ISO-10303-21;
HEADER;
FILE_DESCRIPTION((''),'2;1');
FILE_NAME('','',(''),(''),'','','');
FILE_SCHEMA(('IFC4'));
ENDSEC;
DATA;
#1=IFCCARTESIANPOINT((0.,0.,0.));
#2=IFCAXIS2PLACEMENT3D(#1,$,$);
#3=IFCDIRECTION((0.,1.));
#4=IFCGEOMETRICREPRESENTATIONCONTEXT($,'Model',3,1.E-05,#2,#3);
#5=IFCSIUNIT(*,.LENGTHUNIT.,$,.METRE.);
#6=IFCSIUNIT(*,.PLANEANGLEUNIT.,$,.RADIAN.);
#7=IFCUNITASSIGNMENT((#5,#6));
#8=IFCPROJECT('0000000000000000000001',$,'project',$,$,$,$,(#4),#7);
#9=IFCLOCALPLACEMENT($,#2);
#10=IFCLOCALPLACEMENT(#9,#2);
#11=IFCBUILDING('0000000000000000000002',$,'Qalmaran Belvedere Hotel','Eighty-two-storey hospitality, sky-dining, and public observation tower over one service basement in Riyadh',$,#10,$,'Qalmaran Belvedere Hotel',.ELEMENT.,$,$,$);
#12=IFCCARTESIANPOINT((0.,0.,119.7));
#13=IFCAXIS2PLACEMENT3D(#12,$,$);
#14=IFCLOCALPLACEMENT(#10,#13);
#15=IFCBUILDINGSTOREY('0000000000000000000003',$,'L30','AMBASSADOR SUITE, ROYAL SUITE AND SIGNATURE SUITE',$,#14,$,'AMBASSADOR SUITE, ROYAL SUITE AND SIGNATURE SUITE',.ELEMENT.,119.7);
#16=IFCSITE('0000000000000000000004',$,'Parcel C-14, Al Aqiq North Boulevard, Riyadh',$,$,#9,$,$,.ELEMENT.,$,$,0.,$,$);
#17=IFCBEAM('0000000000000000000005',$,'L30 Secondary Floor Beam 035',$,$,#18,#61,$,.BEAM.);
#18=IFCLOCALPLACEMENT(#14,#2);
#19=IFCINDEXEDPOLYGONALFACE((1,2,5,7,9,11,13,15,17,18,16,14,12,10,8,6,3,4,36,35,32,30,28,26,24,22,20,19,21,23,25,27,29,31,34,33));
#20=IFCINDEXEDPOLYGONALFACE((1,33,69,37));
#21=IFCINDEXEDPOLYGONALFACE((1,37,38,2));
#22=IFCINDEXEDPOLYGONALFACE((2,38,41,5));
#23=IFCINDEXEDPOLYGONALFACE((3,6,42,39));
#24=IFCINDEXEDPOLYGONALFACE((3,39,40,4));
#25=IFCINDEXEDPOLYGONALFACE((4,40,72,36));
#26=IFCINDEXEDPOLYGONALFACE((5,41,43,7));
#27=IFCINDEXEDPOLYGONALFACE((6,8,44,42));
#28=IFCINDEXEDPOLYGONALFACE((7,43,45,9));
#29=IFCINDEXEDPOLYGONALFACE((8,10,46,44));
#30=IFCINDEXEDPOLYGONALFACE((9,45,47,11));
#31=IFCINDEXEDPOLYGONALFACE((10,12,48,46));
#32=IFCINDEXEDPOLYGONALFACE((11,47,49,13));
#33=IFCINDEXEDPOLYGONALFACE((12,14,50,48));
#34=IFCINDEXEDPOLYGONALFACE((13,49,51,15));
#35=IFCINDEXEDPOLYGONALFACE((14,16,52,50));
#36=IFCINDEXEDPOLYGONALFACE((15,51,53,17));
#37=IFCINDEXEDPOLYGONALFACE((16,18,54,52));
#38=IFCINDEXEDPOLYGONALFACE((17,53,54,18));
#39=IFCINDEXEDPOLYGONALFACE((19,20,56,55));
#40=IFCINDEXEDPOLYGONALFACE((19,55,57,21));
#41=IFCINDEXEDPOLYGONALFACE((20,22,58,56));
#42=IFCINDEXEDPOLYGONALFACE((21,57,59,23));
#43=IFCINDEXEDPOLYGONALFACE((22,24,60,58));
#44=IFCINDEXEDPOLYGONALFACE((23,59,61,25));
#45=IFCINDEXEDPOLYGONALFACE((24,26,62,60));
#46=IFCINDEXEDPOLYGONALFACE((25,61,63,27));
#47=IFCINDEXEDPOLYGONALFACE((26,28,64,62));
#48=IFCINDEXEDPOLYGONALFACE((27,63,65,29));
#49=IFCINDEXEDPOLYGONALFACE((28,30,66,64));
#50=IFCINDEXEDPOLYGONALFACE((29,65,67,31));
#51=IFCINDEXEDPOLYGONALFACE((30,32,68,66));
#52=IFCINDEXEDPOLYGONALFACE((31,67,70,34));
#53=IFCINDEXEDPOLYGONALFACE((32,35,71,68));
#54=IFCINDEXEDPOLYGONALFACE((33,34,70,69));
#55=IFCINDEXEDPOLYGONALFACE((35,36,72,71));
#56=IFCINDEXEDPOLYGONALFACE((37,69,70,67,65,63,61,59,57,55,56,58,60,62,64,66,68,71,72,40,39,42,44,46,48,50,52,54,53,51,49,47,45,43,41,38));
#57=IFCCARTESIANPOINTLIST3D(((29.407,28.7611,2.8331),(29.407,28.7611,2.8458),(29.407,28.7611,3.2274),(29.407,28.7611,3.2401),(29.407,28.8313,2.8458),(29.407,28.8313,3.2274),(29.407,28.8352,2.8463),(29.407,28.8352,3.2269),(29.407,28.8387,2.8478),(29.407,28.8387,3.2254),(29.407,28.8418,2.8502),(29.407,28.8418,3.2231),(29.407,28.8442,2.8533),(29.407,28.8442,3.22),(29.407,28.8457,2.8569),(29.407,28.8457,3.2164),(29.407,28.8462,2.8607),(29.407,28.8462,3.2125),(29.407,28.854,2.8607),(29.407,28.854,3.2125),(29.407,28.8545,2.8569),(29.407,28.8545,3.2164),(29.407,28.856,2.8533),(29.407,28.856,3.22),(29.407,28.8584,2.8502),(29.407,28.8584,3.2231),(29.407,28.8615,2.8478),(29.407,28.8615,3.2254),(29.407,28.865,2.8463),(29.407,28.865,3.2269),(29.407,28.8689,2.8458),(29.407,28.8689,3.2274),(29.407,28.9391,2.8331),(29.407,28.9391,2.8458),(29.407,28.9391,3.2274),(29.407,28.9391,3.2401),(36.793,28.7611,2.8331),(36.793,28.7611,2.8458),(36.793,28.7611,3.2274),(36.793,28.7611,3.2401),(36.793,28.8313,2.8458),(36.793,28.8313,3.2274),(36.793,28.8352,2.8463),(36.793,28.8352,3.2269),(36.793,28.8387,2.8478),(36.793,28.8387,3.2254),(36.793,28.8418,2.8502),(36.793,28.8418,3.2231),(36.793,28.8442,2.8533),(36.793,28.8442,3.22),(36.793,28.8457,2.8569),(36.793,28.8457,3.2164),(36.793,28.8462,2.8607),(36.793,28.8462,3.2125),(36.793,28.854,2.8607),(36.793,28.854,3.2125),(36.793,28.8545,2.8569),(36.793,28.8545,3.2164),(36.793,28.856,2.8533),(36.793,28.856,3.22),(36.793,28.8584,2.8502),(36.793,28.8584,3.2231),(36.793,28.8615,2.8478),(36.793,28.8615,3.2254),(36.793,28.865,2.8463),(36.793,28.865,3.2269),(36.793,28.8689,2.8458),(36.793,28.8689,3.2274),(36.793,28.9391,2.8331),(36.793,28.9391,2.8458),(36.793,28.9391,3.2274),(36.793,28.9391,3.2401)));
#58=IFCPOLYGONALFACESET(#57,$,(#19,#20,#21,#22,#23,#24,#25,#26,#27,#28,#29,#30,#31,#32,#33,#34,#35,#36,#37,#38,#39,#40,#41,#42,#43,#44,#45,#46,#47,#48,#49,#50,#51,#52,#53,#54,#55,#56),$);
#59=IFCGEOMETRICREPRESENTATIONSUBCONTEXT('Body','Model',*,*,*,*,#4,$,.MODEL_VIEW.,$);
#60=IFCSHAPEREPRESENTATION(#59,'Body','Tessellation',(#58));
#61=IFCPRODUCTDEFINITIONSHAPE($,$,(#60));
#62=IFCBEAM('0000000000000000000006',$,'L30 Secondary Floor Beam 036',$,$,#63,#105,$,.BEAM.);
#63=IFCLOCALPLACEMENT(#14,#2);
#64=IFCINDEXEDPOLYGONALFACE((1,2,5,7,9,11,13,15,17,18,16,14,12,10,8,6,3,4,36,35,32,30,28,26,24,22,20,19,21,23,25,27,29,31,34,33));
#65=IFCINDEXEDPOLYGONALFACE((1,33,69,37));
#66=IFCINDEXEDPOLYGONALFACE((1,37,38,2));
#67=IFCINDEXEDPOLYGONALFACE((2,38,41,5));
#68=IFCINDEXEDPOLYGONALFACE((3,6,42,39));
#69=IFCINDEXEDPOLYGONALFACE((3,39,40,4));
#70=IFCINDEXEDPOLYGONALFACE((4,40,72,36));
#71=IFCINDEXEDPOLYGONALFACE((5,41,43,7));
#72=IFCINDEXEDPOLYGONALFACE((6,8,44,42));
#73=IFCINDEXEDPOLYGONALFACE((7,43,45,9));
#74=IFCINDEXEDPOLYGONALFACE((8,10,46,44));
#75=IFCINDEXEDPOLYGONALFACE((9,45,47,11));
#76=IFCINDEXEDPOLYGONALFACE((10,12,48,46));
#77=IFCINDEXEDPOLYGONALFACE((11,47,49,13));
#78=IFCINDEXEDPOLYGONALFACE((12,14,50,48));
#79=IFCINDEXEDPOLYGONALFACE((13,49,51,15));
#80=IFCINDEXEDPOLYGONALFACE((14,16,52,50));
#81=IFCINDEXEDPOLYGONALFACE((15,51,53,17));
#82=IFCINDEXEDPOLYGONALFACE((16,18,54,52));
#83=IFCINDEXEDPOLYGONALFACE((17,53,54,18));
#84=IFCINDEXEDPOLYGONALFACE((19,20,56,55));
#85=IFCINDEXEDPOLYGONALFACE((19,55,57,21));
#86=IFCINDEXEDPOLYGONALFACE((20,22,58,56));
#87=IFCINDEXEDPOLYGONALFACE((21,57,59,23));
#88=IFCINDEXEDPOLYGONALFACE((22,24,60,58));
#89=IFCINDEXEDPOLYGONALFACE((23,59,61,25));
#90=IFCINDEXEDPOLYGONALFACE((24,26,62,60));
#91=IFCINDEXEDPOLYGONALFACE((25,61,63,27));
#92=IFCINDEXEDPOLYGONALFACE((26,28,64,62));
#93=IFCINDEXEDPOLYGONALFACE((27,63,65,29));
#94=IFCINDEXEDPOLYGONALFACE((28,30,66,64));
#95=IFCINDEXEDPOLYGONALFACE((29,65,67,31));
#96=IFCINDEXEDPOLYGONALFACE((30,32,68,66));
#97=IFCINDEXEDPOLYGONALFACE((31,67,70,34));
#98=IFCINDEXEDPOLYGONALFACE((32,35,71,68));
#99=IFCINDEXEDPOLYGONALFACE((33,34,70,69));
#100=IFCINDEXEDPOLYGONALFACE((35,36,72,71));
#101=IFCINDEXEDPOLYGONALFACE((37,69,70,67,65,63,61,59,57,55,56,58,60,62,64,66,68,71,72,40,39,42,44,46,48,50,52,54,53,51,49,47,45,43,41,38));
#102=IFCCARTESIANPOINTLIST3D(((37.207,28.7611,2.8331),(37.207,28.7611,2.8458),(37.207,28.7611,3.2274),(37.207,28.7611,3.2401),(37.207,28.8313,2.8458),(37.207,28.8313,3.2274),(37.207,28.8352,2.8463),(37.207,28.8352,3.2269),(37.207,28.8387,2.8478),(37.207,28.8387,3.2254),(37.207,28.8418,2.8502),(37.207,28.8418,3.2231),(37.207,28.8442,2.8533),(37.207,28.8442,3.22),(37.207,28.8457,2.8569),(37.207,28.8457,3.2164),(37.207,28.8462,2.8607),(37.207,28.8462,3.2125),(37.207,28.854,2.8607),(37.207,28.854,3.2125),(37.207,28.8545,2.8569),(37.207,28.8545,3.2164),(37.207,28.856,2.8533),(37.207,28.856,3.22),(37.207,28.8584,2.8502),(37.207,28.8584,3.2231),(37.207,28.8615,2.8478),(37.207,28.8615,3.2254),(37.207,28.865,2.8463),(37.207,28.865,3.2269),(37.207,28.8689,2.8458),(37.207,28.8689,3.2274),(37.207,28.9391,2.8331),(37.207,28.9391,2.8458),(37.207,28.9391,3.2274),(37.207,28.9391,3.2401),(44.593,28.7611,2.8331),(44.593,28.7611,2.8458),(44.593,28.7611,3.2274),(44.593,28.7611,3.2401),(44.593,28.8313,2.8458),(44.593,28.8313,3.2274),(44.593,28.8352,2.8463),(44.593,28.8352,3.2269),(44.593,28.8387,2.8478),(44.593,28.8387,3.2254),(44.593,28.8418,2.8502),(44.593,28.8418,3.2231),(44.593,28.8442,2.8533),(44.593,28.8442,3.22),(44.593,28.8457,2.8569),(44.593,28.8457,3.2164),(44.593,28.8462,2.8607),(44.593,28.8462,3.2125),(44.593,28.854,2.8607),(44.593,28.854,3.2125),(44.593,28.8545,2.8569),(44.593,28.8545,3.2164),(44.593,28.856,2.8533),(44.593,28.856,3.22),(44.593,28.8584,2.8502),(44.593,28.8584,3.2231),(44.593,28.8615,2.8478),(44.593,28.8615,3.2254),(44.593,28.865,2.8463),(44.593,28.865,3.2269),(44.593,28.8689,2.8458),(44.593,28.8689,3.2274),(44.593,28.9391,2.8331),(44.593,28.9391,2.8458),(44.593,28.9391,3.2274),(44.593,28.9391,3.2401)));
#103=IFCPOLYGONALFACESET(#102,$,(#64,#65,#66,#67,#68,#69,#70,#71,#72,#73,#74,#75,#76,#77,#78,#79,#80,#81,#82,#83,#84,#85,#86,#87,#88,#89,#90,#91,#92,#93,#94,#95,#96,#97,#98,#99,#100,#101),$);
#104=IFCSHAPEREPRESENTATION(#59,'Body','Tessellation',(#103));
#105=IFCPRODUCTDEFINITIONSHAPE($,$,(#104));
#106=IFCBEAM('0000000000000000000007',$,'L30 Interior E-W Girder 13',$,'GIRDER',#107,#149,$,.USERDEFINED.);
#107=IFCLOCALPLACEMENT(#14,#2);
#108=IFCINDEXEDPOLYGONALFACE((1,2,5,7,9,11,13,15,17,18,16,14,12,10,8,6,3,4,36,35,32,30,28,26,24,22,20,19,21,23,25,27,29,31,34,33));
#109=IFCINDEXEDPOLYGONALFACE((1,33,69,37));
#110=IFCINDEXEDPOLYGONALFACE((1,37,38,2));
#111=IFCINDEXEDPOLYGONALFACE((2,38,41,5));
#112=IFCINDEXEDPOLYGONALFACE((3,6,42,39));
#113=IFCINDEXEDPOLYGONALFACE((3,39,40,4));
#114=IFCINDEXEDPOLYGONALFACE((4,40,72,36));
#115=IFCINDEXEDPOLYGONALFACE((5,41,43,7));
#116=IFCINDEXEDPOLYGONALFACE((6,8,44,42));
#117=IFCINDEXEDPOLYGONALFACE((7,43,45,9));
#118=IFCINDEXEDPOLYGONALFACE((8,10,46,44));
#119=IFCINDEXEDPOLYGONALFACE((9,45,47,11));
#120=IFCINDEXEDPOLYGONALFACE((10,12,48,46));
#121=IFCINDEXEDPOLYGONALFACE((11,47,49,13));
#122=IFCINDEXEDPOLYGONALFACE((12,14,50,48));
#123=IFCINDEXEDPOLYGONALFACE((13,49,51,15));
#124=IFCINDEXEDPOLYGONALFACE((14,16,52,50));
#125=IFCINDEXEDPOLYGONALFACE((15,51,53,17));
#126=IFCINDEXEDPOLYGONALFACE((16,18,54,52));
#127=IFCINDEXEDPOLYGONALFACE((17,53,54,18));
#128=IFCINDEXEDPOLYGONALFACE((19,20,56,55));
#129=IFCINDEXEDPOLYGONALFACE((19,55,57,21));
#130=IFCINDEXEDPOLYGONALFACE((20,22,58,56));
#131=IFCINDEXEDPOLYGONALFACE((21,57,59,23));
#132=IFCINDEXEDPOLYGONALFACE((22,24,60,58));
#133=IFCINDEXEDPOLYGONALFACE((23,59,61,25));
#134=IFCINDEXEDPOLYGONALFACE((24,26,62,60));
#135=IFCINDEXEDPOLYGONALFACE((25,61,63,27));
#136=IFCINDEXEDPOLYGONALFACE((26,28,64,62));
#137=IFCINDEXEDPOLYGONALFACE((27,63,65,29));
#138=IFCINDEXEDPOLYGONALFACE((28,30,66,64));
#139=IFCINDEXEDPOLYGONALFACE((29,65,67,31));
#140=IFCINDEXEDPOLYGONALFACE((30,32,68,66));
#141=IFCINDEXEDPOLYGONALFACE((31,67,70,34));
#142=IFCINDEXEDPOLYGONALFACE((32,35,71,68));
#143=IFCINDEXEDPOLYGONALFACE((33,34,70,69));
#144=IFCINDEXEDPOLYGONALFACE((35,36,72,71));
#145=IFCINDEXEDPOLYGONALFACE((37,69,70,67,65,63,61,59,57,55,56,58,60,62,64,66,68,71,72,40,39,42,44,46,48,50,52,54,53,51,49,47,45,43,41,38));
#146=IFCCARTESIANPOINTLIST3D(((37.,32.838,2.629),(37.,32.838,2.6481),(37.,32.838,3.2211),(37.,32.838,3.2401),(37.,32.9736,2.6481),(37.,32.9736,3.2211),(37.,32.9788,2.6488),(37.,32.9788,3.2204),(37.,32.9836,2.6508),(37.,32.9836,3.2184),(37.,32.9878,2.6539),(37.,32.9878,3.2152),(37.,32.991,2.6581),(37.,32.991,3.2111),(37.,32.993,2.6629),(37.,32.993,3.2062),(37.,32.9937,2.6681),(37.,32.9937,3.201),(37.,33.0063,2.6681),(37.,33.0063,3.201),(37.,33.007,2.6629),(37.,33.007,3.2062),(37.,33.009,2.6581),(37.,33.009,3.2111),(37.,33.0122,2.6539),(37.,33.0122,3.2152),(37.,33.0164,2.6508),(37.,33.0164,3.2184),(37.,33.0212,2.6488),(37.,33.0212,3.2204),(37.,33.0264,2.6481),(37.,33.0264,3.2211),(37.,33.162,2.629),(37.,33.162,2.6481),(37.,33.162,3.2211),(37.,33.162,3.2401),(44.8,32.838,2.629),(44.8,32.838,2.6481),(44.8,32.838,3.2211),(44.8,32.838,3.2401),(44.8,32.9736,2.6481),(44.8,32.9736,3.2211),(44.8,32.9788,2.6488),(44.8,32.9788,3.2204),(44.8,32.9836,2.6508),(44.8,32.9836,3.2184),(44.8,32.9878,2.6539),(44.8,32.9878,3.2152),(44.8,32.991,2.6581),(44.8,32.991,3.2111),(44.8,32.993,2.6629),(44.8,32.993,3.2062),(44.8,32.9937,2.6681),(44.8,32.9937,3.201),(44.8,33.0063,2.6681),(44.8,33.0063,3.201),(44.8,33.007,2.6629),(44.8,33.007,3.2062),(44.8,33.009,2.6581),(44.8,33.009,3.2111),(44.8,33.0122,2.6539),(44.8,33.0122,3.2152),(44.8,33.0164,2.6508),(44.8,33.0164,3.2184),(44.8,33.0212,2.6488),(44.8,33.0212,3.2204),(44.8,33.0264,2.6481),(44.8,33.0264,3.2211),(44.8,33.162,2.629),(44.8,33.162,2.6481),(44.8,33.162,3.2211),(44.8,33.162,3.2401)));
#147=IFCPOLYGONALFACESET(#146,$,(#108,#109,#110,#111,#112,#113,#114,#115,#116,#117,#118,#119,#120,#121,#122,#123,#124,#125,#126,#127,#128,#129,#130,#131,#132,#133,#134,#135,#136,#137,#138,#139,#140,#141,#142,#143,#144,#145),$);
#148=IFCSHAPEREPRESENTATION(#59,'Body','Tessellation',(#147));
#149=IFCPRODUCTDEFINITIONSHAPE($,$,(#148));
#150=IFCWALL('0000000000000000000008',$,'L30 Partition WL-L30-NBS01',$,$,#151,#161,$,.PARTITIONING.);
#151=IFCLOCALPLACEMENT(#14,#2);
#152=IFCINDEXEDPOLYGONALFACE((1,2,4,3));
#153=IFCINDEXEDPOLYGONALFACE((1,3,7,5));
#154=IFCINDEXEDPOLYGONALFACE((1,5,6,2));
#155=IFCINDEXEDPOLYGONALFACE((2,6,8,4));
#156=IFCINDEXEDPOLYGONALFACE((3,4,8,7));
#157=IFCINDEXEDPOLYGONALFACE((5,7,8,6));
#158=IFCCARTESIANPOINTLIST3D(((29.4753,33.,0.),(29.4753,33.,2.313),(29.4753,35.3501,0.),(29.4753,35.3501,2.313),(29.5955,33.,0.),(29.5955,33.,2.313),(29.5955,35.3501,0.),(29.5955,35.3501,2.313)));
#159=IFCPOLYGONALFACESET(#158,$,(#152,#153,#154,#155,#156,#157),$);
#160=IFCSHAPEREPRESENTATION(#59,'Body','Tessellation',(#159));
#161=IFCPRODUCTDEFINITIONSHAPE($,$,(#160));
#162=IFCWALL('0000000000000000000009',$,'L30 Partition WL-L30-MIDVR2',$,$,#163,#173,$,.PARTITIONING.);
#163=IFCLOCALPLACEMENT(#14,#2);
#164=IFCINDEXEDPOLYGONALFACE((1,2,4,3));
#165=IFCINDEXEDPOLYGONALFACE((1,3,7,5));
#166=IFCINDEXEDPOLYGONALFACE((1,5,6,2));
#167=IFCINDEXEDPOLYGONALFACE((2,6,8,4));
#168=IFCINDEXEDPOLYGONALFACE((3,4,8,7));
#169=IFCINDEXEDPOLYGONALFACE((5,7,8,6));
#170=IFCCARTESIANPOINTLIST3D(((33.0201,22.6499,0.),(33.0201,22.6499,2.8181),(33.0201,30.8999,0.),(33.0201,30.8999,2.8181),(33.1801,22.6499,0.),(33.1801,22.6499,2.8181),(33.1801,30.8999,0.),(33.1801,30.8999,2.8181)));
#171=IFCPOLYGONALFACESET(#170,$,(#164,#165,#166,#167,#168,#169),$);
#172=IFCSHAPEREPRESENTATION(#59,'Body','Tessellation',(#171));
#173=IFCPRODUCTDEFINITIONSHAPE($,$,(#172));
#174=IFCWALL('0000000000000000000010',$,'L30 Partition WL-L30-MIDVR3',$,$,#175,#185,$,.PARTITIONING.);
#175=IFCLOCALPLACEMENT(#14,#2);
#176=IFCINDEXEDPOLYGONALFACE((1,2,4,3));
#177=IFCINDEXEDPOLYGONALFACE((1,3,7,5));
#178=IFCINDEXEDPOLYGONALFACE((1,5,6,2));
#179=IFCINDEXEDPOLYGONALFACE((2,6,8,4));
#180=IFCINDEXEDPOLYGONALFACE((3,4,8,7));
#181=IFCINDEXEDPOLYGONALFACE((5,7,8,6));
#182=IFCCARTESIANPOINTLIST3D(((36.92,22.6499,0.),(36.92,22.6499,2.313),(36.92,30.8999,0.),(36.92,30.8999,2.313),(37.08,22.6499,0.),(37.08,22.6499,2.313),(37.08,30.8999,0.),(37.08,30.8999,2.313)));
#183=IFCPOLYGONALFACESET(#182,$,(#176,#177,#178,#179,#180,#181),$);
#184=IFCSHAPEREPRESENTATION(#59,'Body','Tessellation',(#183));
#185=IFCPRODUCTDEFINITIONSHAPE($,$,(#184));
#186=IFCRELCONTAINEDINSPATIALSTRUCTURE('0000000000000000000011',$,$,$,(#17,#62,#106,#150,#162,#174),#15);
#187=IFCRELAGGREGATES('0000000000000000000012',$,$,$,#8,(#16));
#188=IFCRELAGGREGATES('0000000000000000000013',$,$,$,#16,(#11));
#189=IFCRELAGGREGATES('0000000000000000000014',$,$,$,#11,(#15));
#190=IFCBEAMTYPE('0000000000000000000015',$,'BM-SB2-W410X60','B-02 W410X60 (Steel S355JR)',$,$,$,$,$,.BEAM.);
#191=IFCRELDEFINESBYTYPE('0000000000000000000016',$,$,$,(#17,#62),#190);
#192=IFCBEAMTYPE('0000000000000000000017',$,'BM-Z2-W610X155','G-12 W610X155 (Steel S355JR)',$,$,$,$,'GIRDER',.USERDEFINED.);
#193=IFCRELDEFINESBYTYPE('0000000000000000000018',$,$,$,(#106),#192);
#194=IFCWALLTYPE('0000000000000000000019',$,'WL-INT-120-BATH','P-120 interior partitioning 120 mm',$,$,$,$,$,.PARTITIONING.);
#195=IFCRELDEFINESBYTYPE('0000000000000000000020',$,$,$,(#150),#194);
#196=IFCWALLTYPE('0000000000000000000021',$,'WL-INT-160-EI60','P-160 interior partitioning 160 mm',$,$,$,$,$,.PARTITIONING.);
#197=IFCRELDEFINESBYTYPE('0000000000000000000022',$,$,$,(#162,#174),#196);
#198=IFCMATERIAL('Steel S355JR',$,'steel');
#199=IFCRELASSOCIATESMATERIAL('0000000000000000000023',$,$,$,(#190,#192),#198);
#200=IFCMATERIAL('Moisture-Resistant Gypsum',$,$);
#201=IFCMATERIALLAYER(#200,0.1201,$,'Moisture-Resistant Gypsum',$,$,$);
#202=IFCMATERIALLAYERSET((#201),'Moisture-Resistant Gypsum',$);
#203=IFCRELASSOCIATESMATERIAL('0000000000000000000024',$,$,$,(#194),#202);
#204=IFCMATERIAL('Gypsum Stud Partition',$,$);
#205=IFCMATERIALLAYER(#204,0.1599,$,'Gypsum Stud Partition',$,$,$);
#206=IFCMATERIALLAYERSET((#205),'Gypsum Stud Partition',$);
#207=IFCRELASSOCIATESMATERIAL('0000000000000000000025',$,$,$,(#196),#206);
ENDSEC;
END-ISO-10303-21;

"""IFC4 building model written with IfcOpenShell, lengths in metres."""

from ifc_helpers import new_model, si_unit, direction, frame, frame_2d, origin, origin_2d, place, context, subcontext, project, spatial, rectangle, i_section, extrude, material, layer, layer_set, material_profile, profile_set, type_object, element, save


model = new_model("IFC4")

# Units and contexts
model_context = context("Model", 3, precision=1e-05, world=origin(), true_north=direction((0.0, 1.0)))
body_context = subcontext(model_context, "Body", "Model", "MODEL_VIEW")
ifc_project = project(units=[si_unit("LENGTHUNIT", "METRE"), si_unit("PLANEANGLEUNIT", "RADIAN")], contexts=[model_context])

# Site, building, storey
site_placement = place(None, origin())
site = spatial("IfcSite", under=ifc_project, at=site_placement, Name="Parcel C-14, Al Aqiq North Boulevard, Riyadh", CompositionType="ELEMENT", RefElevation=0.0)
building_placement = place(site_placement, origin())
building = spatial("IfcBuilding", under=site, at=building_placement, Name="Qalmaran Belvedere Hotel", Description="Eighty-two-storey hospitality, sky-dining, and public observation tower over one service basement in Riyadh", LongName="Qalmaran Belvedere Hotel", CompositionType="ELEMENT")
storey_placement = place(building_placement, frame((0.0, 0.0, 119.7)))
storey = spatial("IfcBuildingStorey", under=building, at=storey_placement, Name="L30", Description="AMBASSADOR SUITE, ROYAL SUITE AND SIGNATURE SUITE", LongName="AMBASSADOR SUITE, ROYAL SUITE AND SIGNATURE SUITE", CompositionType="ELEMENT", Elevation=119.7)

# Beams
ifc_material_1 = material(Name="Steel S355JR", Category="steel")
ifc_material_profile_1 = material_profile(ifc_material_1, i_section(OverallWidth=0.178, OverallDepth=0.407, WebThickness=0.0078, FlangeThickness=0.0127, FilletRadius=0.0149, at=origin_2d()), Name="W410X60")
ifc_profile_set_1 = profile_set([ifc_material_profile_1], Name="Steel S355JR")
beam_type_1 = type_object("IfcBeamType", Name="BM-SB2-W410X60", Description="B-02 W410X60 (Steel S355JR)", PredefinedType="BEAM", material=ifc_profile_set_1)
for number, where, z_axis, x_axis, name in (
    (1, (29.407, 28.8501, 3.0366), (1.0, 0.0, 0.0), (0.0, 1.0, 0.0), "L30 Secondary Floor Beam 035"),
    (2, (37.207, 28.8501, 3.0366), (1.0, 0.0, 0.0), (0.0, 1.0, 0.0), "L30 Secondary Floor Beam 036"),
):
    element("IfcBeam", number, at=place(storey_placement, frame(where, z_axis=z_axis, x_axis=x_axis)), inside=storey, type_object=beam_type_1, Name=name, PredefinedType="BEAM", context=body_context, shape_type="SweptSolid", body=[
        extrude(i_section(OverallWidth=0.178, OverallDepth=0.407, WebThickness=0.0078, FlangeThickness=0.0127, FilletRadius=0.0149, at=origin_2d()), origin(), (0.0, 0.0, 1.0), 7.386),
    ])
ifc_material_profile_2 = material_profile(ifc_material_1, i_section(OverallWidth=0.324, OverallDepth=0.6111, WebThickness=0.0127, FlangeThickness=0.019, FilletRadius=0.02, at=origin_2d()), Name="W610X155")
ifc_profile_set_2 = profile_set([ifc_material_profile_2], Name="Steel S355JR")
beam_type_2 = type_object("IfcBeamType", Name="BM-Z2-W610X155", Description="G-12 W610X155 (Steel S355JR)", ElementType="GIRDER", PredefinedType="USERDEFINED", material=ifc_profile_set_2)
beam_1_placement = place(storey_placement, frame((37.0, 33.0, 2.9346), z_axis=(1.0, 0.0, 0.0), x_axis=(0.0, 1.0, 0.0)))
element("IfcBeam", 3, at=beam_1_placement, inside=storey, type_object=beam_type_2, Name="L30 Interior E-W Girder 13", ObjectType="GIRDER", PredefinedType="USERDEFINED", context=body_context, shape_type="SweptSolid", body=[
    extrude(i_section(OverallWidth=0.324, OverallDepth=0.6111, WebThickness=0.0127, FlangeThickness=0.019, FilletRadius=0.02, at=origin_2d()), origin(), (0.0, 0.0, 1.0), 7.8),
])

# Walls
ifc_material_2 = material(Name="Moisture-Resistant Gypsum")
ifc_layer_1 = layer(ifc_material_2, 0.1201, Name="Moisture-Resistant Gypsum")
ifc_layer_set_1 = layer_set([ifc_layer_1], Name="Moisture-Resistant Gypsum")
wall_type_1 = type_object("IfcWallType", Name="WL-INT-120-BATH", Description="P-120 interior partitioning 120 mm", PredefinedType="PARTITIONING", material=ifc_layer_set_1)
wall_1_placement = place(storey_placement, frame((29.5354, 33.0, 0.0), z_axis=(0.0, 0.0, 1.0), x_axis=(0.0, 1.0, 0.0)))
element("IfcWall", 4, at=wall_1_placement, inside=storey, type_object=wall_type_1, Name="L30 Partition WL-L30-NBS01", PredefinedType="PARTITIONING", context=body_context, shape_type="SweptSolid", body=[
    extrude(rectangle(XDim=2.3501, YDim=0.1201, at=frame_2d((1.175, 0.0))), origin(), (0.0, 0.0, 1.0), 2.313),
])
ifc_material_3 = material(Name="Gypsum Stud Partition")
ifc_layer_2 = layer(ifc_material_3, 0.1599, Name="Gypsum Stud Partition")
ifc_layer_set_2 = layer_set([ifc_layer_2], Name="Gypsum Stud Partition")
wall_type_2 = type_object("IfcWallType", Name="WL-INT-160-EI60", Description="P-160 interior partitioning 160 mm", PredefinedType="PARTITIONING", material=ifc_layer_set_2)
wall_2_placement = place(storey_placement, frame((33.1001, 22.6499, 0.0), z_axis=(0.0, 0.0, 1.0), x_axis=(0.0, 1.0, 0.0)))
element("IfcWall", 5, at=wall_2_placement, inside=storey, type_object=wall_type_2, Name="L30 Partition WL-L30-MIDVR2", PredefinedType="PARTITIONING", context=body_context, shape_type="SweptSolid", body=[
    extrude(rectangle(XDim=8.25, YDim=0.1599, at=frame_2d((4.125, 0.0))), origin(), (0.0, 0.0, 1.0), 2.8181),
])
wall_3_placement = place(storey_placement, frame((37.0, 22.6499, 0.0), z_axis=(0.0, 0.0, 1.0), x_axis=(0.0, 1.0, 0.0)))
element("IfcWall", 6, at=wall_3_placement, inside=storey, type_object=wall_type_2, Name="L30 Partition WL-L30-MIDVR3", PredefinedType="PARTITIONING", context=body_context, shape_type="SweptSolid", body=[
    extrude(rectangle(XDim=8.25, YDim=0.1599, at=frame_2d((4.125, 0.0))), origin(), (0.0, 0.0, 1.0), 2.313),
])

save(model, "model.ifc")
